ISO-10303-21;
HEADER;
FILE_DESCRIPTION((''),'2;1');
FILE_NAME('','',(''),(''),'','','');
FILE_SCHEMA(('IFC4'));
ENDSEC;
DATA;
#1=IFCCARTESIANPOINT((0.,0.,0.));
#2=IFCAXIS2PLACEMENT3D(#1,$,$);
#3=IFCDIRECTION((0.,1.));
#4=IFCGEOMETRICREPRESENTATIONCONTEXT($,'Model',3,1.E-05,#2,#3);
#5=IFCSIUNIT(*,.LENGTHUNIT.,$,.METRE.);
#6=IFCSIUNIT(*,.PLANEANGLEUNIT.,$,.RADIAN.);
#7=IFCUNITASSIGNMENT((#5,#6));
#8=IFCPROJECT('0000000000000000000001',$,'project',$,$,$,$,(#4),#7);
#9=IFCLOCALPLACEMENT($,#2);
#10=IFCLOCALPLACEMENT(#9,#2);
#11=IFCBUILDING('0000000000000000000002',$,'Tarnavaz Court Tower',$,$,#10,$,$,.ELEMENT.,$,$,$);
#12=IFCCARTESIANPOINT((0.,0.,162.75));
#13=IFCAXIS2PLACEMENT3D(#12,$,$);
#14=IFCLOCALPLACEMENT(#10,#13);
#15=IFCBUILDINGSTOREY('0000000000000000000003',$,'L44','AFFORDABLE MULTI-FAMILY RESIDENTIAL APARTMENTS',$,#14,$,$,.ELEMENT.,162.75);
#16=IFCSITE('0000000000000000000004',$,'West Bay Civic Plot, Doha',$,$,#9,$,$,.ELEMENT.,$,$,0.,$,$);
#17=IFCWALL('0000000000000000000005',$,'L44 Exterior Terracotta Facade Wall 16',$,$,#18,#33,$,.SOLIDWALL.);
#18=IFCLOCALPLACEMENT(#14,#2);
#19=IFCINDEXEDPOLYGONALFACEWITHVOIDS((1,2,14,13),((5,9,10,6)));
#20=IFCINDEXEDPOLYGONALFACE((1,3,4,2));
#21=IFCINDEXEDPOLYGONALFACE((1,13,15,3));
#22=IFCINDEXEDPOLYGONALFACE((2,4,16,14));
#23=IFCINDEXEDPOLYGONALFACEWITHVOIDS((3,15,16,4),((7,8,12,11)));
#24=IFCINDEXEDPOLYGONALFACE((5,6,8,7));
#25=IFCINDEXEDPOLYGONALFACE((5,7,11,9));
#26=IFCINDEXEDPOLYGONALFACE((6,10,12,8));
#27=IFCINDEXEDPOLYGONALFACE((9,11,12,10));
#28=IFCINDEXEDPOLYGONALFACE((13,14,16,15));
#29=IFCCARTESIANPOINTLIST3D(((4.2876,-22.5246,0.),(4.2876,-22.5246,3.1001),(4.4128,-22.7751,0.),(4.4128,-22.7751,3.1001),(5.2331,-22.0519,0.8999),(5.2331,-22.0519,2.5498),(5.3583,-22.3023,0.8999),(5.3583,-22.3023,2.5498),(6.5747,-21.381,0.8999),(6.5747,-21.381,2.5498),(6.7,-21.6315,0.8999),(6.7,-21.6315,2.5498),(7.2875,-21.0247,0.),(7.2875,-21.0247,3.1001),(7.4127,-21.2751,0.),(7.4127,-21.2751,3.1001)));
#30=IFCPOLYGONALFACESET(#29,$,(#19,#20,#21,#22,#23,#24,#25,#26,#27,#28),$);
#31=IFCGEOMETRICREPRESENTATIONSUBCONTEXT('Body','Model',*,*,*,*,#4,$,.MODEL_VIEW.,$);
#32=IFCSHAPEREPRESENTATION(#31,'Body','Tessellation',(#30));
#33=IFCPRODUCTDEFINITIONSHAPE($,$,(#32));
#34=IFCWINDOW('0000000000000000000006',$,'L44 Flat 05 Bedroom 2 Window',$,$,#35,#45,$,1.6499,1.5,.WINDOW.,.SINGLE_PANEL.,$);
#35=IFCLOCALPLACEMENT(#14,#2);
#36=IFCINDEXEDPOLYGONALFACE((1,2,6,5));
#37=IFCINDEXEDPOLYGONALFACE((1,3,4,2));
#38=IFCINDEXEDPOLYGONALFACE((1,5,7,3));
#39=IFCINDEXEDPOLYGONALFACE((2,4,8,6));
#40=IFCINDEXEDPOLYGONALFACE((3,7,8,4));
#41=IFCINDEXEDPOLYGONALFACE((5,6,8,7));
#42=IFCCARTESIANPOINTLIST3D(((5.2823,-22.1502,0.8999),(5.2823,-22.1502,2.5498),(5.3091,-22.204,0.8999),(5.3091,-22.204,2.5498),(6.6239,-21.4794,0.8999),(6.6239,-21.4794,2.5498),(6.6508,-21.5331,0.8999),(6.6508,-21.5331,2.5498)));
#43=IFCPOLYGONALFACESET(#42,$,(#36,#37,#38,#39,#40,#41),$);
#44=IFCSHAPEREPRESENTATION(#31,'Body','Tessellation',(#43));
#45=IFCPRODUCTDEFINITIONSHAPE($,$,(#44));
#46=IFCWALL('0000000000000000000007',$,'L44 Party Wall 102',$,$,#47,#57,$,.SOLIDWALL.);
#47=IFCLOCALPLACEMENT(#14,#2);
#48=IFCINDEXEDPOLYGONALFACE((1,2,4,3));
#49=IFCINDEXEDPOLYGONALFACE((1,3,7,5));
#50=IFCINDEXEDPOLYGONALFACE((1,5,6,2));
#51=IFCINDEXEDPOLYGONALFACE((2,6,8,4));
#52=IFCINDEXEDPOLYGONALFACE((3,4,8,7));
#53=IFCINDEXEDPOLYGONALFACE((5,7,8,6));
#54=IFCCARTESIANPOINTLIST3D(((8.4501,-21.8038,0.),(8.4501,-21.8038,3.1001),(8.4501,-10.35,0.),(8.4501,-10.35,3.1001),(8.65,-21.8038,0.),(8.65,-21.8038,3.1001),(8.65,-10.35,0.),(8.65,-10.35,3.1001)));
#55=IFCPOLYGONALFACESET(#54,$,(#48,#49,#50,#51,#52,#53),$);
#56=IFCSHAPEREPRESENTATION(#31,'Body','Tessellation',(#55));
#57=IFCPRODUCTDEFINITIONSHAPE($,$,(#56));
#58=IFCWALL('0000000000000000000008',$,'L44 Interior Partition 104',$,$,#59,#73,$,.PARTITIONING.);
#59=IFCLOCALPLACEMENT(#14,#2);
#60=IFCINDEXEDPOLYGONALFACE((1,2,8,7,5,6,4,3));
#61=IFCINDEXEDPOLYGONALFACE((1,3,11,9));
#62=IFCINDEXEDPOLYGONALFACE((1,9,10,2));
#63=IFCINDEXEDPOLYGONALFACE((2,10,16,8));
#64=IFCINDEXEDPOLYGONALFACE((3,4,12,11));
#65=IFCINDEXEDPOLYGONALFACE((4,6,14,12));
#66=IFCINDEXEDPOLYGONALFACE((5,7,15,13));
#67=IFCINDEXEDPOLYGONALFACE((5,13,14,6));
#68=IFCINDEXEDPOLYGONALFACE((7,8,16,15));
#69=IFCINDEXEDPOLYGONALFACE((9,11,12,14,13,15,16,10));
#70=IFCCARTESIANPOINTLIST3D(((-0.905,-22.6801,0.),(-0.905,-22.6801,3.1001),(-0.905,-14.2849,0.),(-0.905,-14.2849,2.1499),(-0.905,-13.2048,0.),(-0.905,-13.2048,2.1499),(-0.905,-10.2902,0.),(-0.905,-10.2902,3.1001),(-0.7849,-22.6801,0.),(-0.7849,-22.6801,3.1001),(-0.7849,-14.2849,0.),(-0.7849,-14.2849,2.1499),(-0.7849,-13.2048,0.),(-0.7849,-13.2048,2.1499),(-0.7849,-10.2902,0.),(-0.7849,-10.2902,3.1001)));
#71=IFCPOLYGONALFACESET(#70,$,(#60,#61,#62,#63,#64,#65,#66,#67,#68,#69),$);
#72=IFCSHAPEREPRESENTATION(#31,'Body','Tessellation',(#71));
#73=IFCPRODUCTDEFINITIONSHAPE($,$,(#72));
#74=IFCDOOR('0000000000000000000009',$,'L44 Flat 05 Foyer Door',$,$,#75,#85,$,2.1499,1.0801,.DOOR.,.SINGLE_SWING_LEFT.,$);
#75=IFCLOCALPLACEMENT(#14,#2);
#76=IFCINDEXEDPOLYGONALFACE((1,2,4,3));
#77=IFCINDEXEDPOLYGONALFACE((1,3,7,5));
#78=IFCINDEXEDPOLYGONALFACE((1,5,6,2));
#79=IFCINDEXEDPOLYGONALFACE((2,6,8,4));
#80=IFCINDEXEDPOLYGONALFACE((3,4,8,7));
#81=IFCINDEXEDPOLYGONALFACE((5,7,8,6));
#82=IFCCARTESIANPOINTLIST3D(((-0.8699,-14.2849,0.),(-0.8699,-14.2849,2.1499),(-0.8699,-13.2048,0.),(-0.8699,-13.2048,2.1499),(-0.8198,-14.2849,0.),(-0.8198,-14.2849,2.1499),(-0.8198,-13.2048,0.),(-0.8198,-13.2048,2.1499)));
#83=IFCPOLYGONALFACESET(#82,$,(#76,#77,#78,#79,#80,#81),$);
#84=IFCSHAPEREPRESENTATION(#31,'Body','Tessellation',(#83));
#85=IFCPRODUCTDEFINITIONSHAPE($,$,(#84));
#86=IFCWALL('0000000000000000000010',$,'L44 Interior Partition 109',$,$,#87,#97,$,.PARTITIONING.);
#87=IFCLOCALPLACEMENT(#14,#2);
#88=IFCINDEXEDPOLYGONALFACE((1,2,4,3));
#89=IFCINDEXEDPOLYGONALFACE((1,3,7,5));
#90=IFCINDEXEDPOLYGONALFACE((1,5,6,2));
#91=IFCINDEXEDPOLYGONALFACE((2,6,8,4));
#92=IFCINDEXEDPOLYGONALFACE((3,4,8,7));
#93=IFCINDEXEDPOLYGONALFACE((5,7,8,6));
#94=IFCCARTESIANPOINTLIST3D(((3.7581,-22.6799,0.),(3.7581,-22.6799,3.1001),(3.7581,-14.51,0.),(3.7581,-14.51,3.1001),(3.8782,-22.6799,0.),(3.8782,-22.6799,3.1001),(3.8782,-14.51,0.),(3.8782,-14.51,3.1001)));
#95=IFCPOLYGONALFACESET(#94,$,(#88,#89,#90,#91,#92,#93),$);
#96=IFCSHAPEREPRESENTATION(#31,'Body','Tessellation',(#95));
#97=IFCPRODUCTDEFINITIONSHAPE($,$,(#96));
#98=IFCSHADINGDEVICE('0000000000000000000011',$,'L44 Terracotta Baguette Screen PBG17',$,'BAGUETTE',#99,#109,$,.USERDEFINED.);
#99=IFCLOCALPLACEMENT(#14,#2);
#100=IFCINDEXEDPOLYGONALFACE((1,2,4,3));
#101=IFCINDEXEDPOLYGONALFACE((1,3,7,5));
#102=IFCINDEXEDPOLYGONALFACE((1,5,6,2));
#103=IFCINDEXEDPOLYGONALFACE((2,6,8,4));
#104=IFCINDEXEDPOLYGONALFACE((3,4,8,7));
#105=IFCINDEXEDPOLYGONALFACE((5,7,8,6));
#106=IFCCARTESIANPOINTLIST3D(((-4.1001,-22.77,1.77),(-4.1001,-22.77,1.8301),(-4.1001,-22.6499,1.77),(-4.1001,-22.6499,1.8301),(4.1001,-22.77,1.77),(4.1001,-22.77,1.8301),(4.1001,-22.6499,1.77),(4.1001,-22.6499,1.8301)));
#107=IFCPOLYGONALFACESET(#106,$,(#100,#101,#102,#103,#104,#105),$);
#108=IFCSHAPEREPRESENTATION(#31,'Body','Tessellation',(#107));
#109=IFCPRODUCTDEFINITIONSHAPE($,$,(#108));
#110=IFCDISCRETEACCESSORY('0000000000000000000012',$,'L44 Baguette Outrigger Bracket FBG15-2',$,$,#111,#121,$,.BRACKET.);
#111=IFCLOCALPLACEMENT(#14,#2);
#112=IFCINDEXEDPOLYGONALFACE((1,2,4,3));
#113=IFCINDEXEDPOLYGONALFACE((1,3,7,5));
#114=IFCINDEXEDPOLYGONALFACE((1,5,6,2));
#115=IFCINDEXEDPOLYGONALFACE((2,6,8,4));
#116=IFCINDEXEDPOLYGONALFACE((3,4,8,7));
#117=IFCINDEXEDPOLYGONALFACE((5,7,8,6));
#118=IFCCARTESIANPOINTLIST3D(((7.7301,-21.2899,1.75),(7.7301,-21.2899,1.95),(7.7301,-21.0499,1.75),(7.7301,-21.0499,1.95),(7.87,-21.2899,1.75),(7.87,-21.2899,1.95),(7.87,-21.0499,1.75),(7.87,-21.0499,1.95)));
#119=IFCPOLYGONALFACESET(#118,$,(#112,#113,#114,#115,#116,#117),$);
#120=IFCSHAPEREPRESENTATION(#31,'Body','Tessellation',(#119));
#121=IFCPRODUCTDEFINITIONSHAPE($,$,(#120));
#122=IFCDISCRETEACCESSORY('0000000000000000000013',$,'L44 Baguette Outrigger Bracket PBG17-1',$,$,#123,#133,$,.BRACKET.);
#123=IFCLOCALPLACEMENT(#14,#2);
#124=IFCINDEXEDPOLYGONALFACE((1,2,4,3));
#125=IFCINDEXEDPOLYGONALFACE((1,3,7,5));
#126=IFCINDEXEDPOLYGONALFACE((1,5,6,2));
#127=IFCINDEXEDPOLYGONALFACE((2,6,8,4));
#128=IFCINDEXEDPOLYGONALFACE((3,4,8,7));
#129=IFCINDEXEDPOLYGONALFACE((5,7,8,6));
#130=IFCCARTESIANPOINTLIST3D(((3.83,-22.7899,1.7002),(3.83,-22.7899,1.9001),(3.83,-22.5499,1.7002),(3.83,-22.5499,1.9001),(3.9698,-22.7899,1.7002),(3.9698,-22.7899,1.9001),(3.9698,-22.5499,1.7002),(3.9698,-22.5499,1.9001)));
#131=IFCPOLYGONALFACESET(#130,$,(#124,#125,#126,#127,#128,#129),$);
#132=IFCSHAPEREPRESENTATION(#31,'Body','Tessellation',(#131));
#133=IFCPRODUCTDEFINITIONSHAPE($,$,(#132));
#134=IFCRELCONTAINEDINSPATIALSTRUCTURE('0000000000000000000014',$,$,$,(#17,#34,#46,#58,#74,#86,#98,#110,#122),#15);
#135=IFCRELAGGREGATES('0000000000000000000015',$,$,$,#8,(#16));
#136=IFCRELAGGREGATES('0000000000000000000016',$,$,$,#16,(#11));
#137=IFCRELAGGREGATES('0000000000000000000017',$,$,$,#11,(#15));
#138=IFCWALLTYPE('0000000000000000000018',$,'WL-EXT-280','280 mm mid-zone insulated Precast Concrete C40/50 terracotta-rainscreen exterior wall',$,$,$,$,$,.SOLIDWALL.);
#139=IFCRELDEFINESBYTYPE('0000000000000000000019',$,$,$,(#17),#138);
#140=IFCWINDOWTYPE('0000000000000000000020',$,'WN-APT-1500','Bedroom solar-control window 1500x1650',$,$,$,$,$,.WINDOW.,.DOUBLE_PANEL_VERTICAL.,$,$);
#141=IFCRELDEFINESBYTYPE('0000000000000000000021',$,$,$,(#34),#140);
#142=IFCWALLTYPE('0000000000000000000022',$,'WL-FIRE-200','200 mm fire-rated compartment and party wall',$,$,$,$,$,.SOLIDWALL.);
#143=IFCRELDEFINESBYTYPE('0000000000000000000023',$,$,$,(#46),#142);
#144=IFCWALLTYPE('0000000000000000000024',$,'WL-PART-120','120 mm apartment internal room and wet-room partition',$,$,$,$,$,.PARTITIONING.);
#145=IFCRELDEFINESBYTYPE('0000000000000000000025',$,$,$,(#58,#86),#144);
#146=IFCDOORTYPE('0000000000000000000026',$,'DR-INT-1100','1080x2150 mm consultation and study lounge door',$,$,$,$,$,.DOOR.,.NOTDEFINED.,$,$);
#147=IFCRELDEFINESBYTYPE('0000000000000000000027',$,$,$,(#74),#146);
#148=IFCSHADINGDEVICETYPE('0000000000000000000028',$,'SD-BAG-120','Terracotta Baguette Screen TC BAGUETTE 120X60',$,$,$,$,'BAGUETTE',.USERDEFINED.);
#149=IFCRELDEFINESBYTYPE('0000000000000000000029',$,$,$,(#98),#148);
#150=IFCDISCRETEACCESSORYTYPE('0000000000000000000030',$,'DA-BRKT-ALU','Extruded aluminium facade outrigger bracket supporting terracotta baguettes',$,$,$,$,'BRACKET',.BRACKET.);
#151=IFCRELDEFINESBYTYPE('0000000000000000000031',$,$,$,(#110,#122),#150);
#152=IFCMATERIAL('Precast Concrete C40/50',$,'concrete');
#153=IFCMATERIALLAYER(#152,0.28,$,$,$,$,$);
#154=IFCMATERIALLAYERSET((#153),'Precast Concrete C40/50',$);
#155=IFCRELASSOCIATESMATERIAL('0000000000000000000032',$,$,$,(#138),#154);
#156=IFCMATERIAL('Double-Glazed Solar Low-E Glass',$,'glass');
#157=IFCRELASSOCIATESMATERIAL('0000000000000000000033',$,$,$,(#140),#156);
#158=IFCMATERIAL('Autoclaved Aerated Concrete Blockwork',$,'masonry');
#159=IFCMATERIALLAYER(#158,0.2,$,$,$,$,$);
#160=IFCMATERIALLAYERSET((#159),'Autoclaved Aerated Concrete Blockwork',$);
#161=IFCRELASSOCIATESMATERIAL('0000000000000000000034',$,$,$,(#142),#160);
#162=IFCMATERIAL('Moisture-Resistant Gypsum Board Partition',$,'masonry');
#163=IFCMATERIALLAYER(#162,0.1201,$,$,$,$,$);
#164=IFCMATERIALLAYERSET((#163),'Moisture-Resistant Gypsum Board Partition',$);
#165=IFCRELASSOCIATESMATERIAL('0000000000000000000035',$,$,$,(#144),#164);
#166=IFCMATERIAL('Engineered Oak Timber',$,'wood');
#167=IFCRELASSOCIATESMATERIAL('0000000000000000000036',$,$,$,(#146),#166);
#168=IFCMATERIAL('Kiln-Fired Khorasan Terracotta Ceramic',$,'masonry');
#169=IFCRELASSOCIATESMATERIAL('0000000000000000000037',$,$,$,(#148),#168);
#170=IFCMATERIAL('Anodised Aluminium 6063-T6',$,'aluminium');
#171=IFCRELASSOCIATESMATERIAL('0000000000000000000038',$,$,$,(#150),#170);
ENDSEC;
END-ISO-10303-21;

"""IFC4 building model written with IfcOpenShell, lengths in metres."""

from ifc_helpers import new_model, si_unit, direction, frame, frame_2d, origin, origin_2d, place, context, subcontext, project, spatial, rectangle, extrude, material, layer, layer_set, material_profile, profile_set, type_object, element, fill, save


model = new_model("IFC4")

# Units and contexts
model_context = context("Model", 3, precision=1e-05, world=origin(), true_north=direction((0.0, 1.0)))
body_context = subcontext(model_context, "Body", "Model", "MODEL_VIEW")
ifc_project = project(units=[si_unit("LENGTHUNIT", "METRE"), si_unit("PLANEANGLEUNIT", "RADIAN")], contexts=[model_context])

# Site, building, storey
site_placement = place(None, origin())
site = spatial("IfcSite", under=ifc_project, at=site_placement, Name="West Bay Civic Plot, Doha", CompositionType="ELEMENT", RefElevation=0.0)
building_placement = place(site_placement, origin())
building = spatial("IfcBuilding", under=site, at=building_placement, Name="Tarnavaz Court Tower", CompositionType="ELEMENT")
storey_placement = place(building_placement, frame((0.0, 0.0, 162.75)))
storey = spatial("IfcBuildingStorey", under=building, at=storey_placement, Name="L44", Description="AFFORDABLE MULTI-FAMILY RESIDENTIAL APARTMENTS", CompositionType="ELEMENT", Elevation=162.75)

# Shared definitions
ifc_material_1 = material(Name="Anodised Aluminium 6063-T6", Category="aluminium")
ifc_material_2 = material(Name="Double-Glazed Solar Low-E Glass", Category="glass")

# Wall, opening, window
ifc_material_3 = material(Name="Precast Concrete C40/50", Category="concrete")
ifc_layer_1 = layer(ifc_material_3, 0.28)
ifc_layer_set_1 = layer_set([ifc_layer_1], Name="Precast Concrete C40/50")
wall_type_1 = type_object("IfcWallType", Name="WL-EXT-280", Description="280 mm mid-zone insulated Precast Concrete C40/50 terracotta-rainscreen exterior wall", PredefinedType="SOLIDWALL", material=ifc_layer_set_1)
wall_1_placement = place(storey_placement, frame((7.3501, -21.1499, 0.0), z_axis=(0.0, 0.0, 1.0), x_axis=(-0.894427, -0.447214, 0.0)))
wall_1 = element("IfcWall", 1, at=wall_1_placement, inside=storey, type_object=wall_type_1, Name="L44 Exterior Terracotta Facade Wall 16", PredefinedType="SOLIDWALL", context=body_context, shape_type="SweptSolid", body=[
    extrude(rectangle(XDim=3.354, YDim=0.28, at=frame_2d((1.677, 0.0))), origin(), (0.0, 0.0, 1.0), 3.1001),
])
opening_1_placement = place(wall_1_placement, frame((0.7969, 0.0, 0.8999)))
opening_1 = element("IfcOpeningElement", 2, at=opening_1_placement, cuts=wall_1, PredefinedType="OPENING", context=body_context, shape_type="SweptSolid", body=[
    extrude(rectangle(XDim=1.5, YDim=1.6499, at=frame_2d((0.75, 0.825))), frame((0.0, 0.1499, 0.0), z_axis=(0.0, -1.0, 0.0), x_axis=(1.0, 0.0, 0.0)), (0.0, 0.0, 1.0), 0.3),
])
window_type = type_object("IfcWindowType", Name="WN-APT-1500", Description="Bedroom solar-control window 1500x1650", PartitioningType="DOUBLE_PANEL_VERTICAL", PredefinedType="WINDOW", material=ifc_material_2)
window_placement = place(opening_1_placement, origin())
window = element("IfcWindow", 3, at=window_placement, inside=storey, type_object=window_type, Name="L44 Flat 05 Bedroom 2 Window", OverallHeight=1.6499, OverallWidth=1.5, PartitioningType="SINGLE_PANEL", PredefinedType="WINDOW", context=body_context, shape_type="SweptSolid", body=[
    extrude(rectangle(XDim=1.5, YDim=1.6499, at=frame_2d((0.75, 0.825))), frame((0.0, 0.03, 0.0), z_axis=(0.0, -1.0, 0.0), x_axis=(1.0, 0.0, 0.0)), (0.0, 0.0, 1.0), 0.0601),
])
fill(opening_1, window)

# Wall
ifc_material_4 = material(Name="Autoclaved Aerated Concrete Blockwork", Category="masonry")
ifc_layer_2 = layer(ifc_material_4, 0.2)
ifc_layer_set_2 = layer_set([ifc_layer_2], Name="Autoclaved Aerated Concrete Blockwork")
wall_type_2 = type_object("IfcWallType", Name="WL-FIRE-200", Description="200 mm fire-rated compartment and party wall", PredefinedType="SOLIDWALL", material=ifc_layer_set_2)
wall_2_placement = place(storey_placement, frame((8.55, -21.804, 0.0), z_axis=(0.0, 0.0, 1.0), x_axis=(0.0, 1.0, 0.0)))
element("IfcWall", 4, at=wall_2_placement, inside=storey, type_object=wall_type_2, Name="L44 Party Wall 102", PredefinedType="SOLIDWALL", context=body_context, shape_type="SweptSolid", body=[
    extrude(rectangle(XDim=11.4539, YDim=0.2, at=frame_2d((5.7271, 0.0))), origin(), (0.0, 0.0, 1.0), 3.1001),
])

# Wall, opening, door
ifc_material_5 = material(Name="Moisture-Resistant Gypsum Board Partition", Category="masonry")
ifc_layer_3 = layer(ifc_material_5, 0.1201)
ifc_layer_set_3 = layer_set([ifc_layer_3], Name="Moisture-Resistant Gypsum Board Partition")
wall_type_3 = type_object("IfcWallType", Name="WL-PART-120", Description="120 mm apartment internal room and wet-room partition", PredefinedType="PARTITIONING", material=ifc_layer_set_3)
wall_3_placement = place(storey_placement, frame((-0.845, -22.6799, 0.0), z_axis=(0.0, 0.0, 1.0), x_axis=(0.0, 1.0, 0.0)))
wall_3 = element("IfcWall", 5, at=wall_3_placement, inside=storey, type_object=wall_type_3, Name="L44 Interior Partition 104", PredefinedType="PARTITIONING", context=body_context, shape_type="SweptSolid", body=[
    extrude(rectangle(XDim=12.3899, YDim=0.1201, at=frame_2d((6.1948, 0.0))), origin(), (0.0, 0.0, 1.0), 3.1001),
])
opening_2_placement = place(wall_3_placement, frame((8.395, 0.0, 0.0)))
opening_2 = element("IfcOpeningElement", 6, at=opening_2_placement, cuts=wall_3, PredefinedType="OPENING", context=body_context, shape_type="SweptSolid", body=[
    extrude(rectangle(XDim=1.0801, YDim=2.1499, at=frame_2d((0.54, 1.075))), frame((0.0, 0.0701, 0.0), z_axis=(0.0, -1.0, 0.0), x_axis=(1.0, 0.0, 0.0)), (0.0, 0.0, 1.0), 0.1401),
])
ifc_material_6 = material(Name="Engineered Oak Timber", Category="wood")
door_type = type_object("IfcDoorType", Name="DR-INT-1100", Description="1080x2150 mm consultation and study lounge door", OperationType="NOTDEFINED", PredefinedType="DOOR", material=ifc_material_6)
door_placement = place(opening_2_placement, origin())
door = element("IfcDoor", 7, at=door_placement, inside=storey, type_object=door_type, Name="L44 Flat 05 Foyer Door", OperationType="SINGLE_SWING_LEFT", OverallHeight=2.1499, OverallWidth=1.0801, PredefinedType="DOOR", context=body_context, shape_type="SweptSolid", body=[
    extrude(rectangle(XDim=1.0801, YDim=2.1499, at=frame_2d((0.54, 1.075))), frame((0.0, 0.0249, 0.0), z_axis=(0.0, -1.0, 0.0), x_axis=(1.0, 0.0, 0.0)), (0.0, 0.0, 1.0), 0.05),
])
fill(opening_2, door)

# Wall
wall_4_placement = place(storey_placement, frame((3.8181, -22.6799, 0.0), z_axis=(0.0, 0.0, 1.0), x_axis=(0.0, 1.0, 0.0)))
element("IfcWall", 8, at=wall_4_placement, inside=storey, type_object=wall_type_3, Name="L44 Interior Partition 109", PredefinedType="PARTITIONING", context=body_context, shape_type="SweptSolid", body=[
    extrude(rectangle(XDim=8.1699, YDim=0.1201, at=frame_2d((4.085, 0.0))), origin(), (0.0, 0.0, 1.0), 3.1001),
])

# Shading device
ifc_material_7 = material(Name="Kiln-Fired Khorasan Terracotta Ceramic", Category="masonry")
ifc_material_profile_1 = material_profile(ifc_material_7, rectangle(XDim=0.1201, YDim=0.0601, at=origin_2d()), Name="TC BAGUETTE 120X60")
ifc_profile_set_1 = profile_set([ifc_material_profile_1], Name="Kiln-Fired Khorasan Terracotta Ceramic")
shading_device_type = type_object("IfcShadingDeviceType", Name="SD-BAG-120", Description="Terracotta Baguette Screen TC BAGUETTE 120X60", ElementType="BAGUETTE", PredefinedType="USERDEFINED", material=ifc_profile_set_1)
shading_device_placement = place(storey_placement, frame((4.1001, -22.71, 1.8), z_axis=(-1.0, 0.0, 0.0), x_axis=(0.0, -1.0, 0.0)))
element("IfcShadingDevice", 9, at=shading_device_placement, inside=storey, type_object=shading_device_type, Name="L44 Terracotta Baguette Screen PBG17", ObjectType="BAGUETTE", PredefinedType="USERDEFINED", context=body_context, shape_type="SweptSolid", body=[
    extrude(rectangle(XDim=0.1201, YDim=0.0601, at=origin_2d()), origin(), (0.0, 0.0, 1.0), 8.2002),
])

# Discrete accessories
discrete_accessory_type = type_object("IfcDiscreteAccessoryType", Name="DA-BRKT-ALU", Description="Extruded aluminium facade outrigger bracket supporting terracotta baguettes", ElementType="BRACKET", PredefinedType="BRACKET", material=ifc_material_1)
for number, where, z_axis, x_axis, name in (
    (10, (7.8, -21.1699, 1.75), (0.0, 0.0, 1.0), (-1.0, 0.0, 0.0), "L44 Baguette Outrigger Bracket FBG15-2"),
    (11, (3.8999, -22.6699, 1.7002), (0.0, 0.0, 1.0), (-1.0, 0.0, 0.0), "L44 Baguette Outrigger Bracket PBG17-1"),
):
    element("IfcDiscreteAccessory", number, at=place(storey_placement, frame(where, z_axis=z_axis, x_axis=x_axis)), inside=storey, type_object=discrete_accessory_type, Name=name, PredefinedType="BRACKET", context=body_context, shape_type="SweptSolid", body=[
        extrude(rectangle(XDim=0.1399, YDim=0.24, at=origin_2d()), origin(), (0.0, 0.0, 1.0), 0.2),
    ])

save(model, "model.ifc")
